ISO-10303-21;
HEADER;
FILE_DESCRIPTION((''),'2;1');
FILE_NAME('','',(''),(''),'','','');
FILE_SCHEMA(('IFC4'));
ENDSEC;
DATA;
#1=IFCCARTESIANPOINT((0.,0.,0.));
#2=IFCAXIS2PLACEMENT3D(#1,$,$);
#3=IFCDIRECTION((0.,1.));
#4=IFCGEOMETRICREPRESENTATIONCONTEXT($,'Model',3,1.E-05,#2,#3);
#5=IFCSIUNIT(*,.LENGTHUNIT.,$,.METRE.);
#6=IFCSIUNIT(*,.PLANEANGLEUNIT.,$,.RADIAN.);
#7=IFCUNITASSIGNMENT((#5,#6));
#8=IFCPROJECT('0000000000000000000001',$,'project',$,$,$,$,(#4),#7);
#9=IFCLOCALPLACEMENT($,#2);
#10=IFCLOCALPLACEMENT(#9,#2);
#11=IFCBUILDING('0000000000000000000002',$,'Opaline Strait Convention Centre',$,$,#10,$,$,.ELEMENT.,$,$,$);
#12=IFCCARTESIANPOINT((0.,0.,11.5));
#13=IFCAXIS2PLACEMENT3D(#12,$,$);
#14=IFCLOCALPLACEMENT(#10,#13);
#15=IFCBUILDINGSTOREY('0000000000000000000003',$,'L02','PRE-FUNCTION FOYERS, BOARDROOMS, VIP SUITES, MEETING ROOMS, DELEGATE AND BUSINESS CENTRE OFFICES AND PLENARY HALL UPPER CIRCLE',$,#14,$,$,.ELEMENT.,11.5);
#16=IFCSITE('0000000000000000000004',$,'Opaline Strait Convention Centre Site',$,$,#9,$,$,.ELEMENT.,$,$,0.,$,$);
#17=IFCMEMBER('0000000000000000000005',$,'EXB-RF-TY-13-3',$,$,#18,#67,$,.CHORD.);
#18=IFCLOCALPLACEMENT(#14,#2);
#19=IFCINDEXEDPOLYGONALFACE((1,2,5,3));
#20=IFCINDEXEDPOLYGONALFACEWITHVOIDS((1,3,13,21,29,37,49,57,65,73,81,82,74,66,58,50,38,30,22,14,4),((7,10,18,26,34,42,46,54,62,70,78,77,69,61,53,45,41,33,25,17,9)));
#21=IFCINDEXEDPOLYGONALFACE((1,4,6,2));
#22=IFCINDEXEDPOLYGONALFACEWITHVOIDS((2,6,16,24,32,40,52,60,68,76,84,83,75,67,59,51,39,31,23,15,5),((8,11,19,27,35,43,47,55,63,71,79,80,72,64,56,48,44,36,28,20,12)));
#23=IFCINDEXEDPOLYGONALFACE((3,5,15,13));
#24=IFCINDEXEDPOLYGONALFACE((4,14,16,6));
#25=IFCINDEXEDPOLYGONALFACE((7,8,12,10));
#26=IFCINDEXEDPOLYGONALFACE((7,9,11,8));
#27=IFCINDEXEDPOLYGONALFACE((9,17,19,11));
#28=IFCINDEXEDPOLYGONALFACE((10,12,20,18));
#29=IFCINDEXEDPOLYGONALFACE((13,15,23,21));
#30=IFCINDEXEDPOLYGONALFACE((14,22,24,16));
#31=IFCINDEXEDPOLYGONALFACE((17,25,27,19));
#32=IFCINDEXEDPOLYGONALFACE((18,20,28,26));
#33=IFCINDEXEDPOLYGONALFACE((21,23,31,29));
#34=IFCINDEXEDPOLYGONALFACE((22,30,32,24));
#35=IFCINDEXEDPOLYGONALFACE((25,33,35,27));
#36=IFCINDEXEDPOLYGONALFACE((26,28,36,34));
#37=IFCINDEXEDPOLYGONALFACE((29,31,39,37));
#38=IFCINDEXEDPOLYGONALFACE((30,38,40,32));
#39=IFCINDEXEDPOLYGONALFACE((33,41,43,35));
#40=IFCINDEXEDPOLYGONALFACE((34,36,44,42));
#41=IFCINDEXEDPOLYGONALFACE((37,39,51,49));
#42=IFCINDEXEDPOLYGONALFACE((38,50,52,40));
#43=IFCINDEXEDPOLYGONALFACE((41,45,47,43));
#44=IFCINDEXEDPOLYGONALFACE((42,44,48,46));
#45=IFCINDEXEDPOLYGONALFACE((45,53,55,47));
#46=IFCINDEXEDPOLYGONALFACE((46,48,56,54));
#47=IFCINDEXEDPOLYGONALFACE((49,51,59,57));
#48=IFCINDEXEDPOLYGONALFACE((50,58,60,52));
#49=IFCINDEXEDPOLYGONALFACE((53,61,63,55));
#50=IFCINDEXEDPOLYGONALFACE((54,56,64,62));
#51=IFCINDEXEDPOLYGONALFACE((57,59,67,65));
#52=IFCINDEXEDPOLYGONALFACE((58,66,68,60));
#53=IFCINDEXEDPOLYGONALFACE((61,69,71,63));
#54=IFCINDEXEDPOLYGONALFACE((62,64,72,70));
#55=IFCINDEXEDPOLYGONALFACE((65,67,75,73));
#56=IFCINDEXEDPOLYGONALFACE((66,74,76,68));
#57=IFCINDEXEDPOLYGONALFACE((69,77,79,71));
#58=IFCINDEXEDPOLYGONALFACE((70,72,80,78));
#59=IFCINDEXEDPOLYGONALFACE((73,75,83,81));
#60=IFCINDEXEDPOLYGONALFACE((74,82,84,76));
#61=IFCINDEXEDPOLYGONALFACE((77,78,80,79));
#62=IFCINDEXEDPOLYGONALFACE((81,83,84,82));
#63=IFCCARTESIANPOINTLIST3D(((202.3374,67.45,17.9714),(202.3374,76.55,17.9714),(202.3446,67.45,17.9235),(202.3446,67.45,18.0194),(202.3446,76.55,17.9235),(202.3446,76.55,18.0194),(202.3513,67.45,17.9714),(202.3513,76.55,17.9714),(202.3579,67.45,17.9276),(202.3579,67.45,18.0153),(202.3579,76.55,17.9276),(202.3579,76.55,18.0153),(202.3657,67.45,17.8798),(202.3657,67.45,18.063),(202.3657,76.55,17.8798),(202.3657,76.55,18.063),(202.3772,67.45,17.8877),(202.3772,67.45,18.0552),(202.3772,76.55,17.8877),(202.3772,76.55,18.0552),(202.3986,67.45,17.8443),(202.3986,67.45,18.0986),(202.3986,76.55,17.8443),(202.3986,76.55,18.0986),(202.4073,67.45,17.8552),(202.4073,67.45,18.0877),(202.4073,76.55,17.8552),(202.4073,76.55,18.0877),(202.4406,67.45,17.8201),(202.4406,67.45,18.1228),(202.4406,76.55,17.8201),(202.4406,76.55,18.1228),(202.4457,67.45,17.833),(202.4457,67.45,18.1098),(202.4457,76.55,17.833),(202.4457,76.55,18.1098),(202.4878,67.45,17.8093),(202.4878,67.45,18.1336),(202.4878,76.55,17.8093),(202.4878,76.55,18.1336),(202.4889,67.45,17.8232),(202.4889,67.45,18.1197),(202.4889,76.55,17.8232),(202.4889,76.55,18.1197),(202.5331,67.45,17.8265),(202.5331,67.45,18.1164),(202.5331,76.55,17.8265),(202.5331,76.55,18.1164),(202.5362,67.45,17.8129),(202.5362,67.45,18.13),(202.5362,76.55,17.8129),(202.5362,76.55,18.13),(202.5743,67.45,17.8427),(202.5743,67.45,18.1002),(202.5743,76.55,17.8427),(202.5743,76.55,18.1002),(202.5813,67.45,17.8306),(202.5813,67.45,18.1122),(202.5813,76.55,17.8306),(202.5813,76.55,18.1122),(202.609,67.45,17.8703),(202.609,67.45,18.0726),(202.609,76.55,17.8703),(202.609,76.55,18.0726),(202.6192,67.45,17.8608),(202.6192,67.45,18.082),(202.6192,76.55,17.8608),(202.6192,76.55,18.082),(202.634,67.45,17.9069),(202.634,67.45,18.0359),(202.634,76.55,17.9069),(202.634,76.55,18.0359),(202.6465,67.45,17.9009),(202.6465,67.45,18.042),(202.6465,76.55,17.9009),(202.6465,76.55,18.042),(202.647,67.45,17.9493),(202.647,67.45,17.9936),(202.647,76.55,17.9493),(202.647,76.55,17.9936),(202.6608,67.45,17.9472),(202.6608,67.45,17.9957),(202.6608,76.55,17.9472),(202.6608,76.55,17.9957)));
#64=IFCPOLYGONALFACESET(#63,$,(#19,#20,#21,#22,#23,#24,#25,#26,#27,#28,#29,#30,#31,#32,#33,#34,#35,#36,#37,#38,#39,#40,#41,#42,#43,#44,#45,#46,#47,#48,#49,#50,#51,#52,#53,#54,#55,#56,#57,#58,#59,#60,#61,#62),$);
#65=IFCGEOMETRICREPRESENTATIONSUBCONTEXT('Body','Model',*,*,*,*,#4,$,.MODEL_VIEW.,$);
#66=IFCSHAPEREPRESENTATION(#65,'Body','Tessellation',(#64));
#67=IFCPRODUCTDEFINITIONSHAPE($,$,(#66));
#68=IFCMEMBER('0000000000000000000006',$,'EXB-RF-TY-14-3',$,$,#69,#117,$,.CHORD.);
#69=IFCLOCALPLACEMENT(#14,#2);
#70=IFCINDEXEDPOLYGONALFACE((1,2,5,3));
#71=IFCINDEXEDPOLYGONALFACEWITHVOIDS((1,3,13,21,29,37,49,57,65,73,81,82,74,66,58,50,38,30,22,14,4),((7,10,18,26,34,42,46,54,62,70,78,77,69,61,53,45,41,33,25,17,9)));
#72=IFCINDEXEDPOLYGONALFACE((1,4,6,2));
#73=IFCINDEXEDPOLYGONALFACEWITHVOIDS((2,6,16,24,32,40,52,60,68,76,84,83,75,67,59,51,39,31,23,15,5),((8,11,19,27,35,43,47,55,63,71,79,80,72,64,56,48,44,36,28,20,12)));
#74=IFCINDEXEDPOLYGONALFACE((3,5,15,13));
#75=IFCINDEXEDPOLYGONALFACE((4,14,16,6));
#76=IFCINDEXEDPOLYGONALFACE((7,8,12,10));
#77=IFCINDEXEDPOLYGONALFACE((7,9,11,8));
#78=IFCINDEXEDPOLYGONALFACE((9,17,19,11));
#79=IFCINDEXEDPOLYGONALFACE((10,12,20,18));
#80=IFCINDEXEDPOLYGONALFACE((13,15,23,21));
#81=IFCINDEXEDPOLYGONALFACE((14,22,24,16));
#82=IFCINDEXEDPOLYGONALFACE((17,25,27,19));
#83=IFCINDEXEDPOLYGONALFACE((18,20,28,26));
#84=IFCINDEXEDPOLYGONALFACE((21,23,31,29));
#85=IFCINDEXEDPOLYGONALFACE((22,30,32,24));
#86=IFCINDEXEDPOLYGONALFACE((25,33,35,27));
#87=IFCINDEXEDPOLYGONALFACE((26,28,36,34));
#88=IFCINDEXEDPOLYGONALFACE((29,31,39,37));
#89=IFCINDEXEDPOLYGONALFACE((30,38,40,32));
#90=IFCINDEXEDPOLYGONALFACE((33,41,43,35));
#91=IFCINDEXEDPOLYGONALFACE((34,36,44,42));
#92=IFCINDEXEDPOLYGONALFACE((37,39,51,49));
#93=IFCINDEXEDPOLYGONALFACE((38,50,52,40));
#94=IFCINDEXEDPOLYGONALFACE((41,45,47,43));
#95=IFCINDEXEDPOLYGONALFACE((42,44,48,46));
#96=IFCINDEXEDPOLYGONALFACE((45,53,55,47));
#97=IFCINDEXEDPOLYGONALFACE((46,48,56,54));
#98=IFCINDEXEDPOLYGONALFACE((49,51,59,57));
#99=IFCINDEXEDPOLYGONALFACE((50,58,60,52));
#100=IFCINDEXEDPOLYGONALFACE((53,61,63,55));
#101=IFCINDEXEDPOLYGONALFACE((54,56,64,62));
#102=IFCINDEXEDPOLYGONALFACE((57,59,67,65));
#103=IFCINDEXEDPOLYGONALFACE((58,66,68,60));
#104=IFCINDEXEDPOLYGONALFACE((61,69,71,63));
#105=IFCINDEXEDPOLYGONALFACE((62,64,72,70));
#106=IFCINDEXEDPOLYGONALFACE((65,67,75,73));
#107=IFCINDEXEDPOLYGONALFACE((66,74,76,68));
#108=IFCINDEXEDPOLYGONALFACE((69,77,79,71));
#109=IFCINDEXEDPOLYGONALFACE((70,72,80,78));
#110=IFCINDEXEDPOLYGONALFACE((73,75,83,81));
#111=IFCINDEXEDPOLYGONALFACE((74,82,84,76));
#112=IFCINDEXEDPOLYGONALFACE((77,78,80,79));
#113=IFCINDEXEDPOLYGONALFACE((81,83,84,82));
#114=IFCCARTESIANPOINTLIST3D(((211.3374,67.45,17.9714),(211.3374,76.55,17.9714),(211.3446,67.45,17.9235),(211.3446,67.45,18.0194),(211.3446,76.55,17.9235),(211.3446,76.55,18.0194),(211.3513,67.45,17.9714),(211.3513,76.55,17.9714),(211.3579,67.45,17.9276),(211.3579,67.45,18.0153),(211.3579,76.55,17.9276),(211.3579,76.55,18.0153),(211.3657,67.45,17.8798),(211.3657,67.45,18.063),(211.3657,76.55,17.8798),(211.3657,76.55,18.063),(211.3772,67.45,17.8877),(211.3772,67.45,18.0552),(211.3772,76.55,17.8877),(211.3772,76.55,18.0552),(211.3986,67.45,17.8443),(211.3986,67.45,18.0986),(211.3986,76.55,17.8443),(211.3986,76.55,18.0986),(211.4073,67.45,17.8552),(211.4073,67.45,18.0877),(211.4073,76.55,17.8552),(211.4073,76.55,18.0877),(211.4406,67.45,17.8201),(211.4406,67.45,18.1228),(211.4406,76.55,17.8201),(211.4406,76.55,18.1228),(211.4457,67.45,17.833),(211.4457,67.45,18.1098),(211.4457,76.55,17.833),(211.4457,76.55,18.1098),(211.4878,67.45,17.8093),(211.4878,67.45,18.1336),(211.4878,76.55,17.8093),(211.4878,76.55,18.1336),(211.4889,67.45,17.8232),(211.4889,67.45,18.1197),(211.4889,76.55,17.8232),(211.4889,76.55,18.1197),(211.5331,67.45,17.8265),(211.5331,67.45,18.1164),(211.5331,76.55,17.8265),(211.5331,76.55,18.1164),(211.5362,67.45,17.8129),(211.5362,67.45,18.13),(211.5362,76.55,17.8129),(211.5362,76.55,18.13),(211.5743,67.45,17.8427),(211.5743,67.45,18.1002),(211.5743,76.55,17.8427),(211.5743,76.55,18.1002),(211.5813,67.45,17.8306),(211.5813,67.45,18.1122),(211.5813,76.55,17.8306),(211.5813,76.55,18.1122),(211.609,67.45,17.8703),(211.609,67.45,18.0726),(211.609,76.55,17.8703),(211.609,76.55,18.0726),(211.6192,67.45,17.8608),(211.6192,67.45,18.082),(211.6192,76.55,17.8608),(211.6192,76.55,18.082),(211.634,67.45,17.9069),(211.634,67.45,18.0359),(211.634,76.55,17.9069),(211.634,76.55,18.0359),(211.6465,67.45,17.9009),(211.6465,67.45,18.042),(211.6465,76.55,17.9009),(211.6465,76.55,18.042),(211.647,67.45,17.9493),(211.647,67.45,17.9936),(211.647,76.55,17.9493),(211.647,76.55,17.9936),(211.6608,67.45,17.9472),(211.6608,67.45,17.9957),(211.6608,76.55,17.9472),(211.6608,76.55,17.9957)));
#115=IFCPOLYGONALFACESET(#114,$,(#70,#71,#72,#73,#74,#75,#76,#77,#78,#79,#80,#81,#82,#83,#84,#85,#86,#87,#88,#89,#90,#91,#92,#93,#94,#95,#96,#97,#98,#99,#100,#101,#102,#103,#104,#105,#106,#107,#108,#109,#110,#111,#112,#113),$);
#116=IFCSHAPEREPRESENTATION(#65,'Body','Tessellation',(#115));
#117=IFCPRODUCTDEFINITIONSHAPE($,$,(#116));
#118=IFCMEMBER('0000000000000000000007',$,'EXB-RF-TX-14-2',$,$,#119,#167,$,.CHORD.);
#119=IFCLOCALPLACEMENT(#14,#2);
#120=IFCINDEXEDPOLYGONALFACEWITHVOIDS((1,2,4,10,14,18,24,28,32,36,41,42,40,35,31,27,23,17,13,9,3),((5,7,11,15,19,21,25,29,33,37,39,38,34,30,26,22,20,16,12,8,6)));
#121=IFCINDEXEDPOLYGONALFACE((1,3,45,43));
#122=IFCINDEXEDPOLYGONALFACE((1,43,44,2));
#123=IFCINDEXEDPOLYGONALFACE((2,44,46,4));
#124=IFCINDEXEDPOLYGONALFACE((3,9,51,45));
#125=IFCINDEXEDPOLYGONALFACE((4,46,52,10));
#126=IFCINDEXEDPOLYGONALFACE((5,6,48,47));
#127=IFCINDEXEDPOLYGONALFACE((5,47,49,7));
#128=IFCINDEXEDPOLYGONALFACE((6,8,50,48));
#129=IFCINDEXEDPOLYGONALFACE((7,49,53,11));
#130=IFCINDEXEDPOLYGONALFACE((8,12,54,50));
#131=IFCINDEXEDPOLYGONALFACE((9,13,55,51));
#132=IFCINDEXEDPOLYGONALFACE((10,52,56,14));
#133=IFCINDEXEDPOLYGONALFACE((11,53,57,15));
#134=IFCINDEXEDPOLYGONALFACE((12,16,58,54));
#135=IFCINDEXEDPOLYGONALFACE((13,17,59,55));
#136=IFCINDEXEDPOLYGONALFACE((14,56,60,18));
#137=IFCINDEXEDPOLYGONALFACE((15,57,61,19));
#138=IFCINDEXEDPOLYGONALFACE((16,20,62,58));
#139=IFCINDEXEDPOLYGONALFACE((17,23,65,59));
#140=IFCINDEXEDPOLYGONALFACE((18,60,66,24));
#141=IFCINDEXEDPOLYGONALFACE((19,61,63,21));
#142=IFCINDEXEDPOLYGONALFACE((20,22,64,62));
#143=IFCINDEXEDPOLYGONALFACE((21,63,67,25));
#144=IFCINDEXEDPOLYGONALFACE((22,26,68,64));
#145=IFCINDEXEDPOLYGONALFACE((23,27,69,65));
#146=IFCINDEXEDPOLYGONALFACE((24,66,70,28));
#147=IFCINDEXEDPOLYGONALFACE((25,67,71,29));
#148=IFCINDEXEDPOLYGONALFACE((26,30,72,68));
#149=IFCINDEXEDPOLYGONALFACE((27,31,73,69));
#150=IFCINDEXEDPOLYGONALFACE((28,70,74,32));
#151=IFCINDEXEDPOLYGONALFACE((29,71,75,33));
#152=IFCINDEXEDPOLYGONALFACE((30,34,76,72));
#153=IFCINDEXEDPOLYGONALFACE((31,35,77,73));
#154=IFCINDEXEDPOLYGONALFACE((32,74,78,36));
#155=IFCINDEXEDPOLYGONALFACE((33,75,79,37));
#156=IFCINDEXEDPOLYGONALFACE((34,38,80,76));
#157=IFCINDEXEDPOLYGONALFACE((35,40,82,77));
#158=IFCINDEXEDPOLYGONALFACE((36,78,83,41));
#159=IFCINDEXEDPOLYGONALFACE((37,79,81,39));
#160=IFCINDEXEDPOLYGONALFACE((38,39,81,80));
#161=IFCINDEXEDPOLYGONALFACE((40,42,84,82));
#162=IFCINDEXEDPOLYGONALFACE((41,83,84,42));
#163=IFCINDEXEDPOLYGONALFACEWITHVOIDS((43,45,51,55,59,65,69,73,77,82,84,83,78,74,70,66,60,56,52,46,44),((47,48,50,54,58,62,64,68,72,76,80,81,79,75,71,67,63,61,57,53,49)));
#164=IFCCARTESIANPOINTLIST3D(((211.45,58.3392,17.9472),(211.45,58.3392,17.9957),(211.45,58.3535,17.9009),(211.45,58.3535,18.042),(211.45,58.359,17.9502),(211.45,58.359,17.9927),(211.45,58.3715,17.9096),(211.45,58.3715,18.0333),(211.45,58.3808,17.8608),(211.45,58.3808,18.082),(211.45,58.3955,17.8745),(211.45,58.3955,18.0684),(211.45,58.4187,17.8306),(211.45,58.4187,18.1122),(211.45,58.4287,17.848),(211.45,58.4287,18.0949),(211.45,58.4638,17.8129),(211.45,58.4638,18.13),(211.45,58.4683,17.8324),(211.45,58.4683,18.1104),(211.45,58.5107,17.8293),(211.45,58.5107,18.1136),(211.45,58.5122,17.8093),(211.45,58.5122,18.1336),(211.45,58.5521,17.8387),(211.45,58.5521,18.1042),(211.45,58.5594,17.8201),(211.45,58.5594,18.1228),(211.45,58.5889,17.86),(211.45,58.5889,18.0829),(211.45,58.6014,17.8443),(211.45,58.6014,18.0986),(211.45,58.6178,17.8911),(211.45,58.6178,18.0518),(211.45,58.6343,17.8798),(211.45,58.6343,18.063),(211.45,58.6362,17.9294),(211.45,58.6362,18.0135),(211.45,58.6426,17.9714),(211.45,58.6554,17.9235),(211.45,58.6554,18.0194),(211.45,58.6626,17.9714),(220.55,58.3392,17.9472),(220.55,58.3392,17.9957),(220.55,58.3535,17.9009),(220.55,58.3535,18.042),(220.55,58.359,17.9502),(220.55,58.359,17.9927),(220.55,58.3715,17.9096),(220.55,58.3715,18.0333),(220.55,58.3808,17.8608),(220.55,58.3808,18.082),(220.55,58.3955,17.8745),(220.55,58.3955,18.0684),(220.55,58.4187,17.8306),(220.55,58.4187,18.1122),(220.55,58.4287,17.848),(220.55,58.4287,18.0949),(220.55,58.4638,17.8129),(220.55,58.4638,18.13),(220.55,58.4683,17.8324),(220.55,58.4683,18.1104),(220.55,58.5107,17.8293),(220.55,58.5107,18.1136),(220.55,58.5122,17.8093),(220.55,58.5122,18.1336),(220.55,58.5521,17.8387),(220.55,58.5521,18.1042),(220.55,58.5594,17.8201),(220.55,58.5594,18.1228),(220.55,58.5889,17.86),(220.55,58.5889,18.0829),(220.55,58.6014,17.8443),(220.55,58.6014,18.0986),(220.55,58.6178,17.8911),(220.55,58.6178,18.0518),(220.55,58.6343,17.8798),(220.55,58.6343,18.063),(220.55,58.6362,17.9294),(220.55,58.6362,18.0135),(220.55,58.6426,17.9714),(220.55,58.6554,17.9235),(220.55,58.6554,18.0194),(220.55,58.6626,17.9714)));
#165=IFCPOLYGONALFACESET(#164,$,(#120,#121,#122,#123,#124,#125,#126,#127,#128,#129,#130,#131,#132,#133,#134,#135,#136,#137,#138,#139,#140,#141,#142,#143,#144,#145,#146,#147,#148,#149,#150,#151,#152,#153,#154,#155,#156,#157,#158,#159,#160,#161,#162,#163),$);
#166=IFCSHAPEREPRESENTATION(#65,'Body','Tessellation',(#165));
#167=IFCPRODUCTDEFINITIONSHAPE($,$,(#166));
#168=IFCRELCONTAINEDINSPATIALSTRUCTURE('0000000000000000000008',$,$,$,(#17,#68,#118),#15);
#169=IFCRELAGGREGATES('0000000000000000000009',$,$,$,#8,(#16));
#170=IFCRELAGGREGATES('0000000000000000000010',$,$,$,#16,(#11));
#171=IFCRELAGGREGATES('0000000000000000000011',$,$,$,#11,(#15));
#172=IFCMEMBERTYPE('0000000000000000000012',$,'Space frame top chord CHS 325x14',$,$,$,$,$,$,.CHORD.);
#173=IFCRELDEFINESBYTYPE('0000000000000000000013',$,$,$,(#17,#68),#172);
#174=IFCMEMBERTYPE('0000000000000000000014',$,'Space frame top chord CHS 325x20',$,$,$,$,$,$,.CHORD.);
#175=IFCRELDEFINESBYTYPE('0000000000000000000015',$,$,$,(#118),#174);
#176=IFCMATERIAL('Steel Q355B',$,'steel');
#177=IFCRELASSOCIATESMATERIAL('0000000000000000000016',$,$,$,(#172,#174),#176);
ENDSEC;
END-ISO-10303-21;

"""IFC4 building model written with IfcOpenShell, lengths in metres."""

from ifc_helpers import new_model, si_unit, direction, frame, origin, origin_2d, place, context, subcontext, project, spatial, hollow_circle, extrude, material, material_profile, profile_set, type_object, element, save


model = new_model("IFC4")

# Units and contexts
model_context = context("Model", 3, precision=1e-05, world=origin(), true_north=direction((0.0, 1.0)))
body_context = subcontext(model_context, "Body", "Model", "MODEL_VIEW")
ifc_project = project(units=[si_unit("LENGTHUNIT", "METRE"), si_unit("PLANEANGLEUNIT", "RADIAN")], contexts=[model_context])

# Site, building, storey
site_placement = place(None, origin())
site = spatial("IfcSite", under=ifc_project, at=site_placement, Name="Opaline Strait Convention Centre Site", CompositionType="ELEMENT", RefElevation=0.0)
building_placement = place(site_placement, origin())
building = spatial("IfcBuilding", under=site, at=building_placement, Name="Opaline Strait Convention Centre", CompositionType="ELEMENT")
storey_placement = place(building_placement, frame((0.0, 0.0, 11.5)))
storey = spatial("IfcBuildingStorey", under=building, at=storey_placement, Name="L02", Description="PRE-FUNCTION FOYERS, BOARDROOMS, VIP SUITES, MEETING ROOMS, DELEGATE AND BUSINESS CENTRE OFFICES AND PLENARY HALL UPPER CIRCLE", CompositionType="ELEMENT", Elevation=11.5)

# Members
ifc_material = material(Name="Steel Q355B", Category="steel")
ifc_material_profile_1 = material_profile(ifc_material, hollow_circle(Radius=0.1626, WallThickness=0.0139, at=origin_2d()), Name="CHS 325x14")
ifc_profile_set_1 = profile_set([ifc_material_profile_1], Name="Steel Q355B")
member_type_1 = type_object("IfcMemberType", Name="Space frame top chord CHS 325x14", PredefinedType="CHORD", material=ifc_profile_set_1)
for number, where, z_axis, x_axis, name in (
    (1, (202.5, 67.45, 17.9714), (0.0, 1.0, 0.0), (-1.0, 0.0, 0.0), "EXB-RF-TY-13-3"),
    (2, (211.5, 67.45, 17.9714), (0.0, 1.0, 0.0), (-1.0, 0.0, 0.0), "EXB-RF-TY-14-3"),
):
    element("IfcMember", number, at=place(storey_placement, frame(where, z_axis=z_axis, x_axis=x_axis)), inside=storey, type_object=member_type_1, Name=name, PredefinedType="CHORD", context=body_context, shape_type="SweptSolid", body=[
        extrude(hollow_circle(Radius=0.1626, WallThickness=0.0139, at=origin_2d()), origin(), (0.0, 0.0, 1.0), 9.1001),
    ])
ifc_material_profile_2 = material_profile(ifc_material, hollow_circle(Radius=0.1626, WallThickness=0.02, at=origin_2d()), Name="CHS 325x20")
ifc_profile_set_2 = profile_set([ifc_material_profile_2], Name="Steel Q355B")
member_type_2 = type_object("IfcMemberType", Name="Space frame top chord CHS 325x20", PredefinedType="CHORD", material=ifc_profile_set_2)
for number, where, z_axis, x_axis, name in (
    (3, (211.45, 58.5, 17.9714), (1.0, 0.0, 0.0), (0.0, 1.0, 0.0), "EXB-RF-TX-14-2"),
):
    element("IfcMember", number, at=place(storey_placement, frame(where, z_axis=z_axis, x_axis=x_axis)), inside=storey, type_object=member_type_2, Name=name, PredefinedType="CHORD", context=body_context, shape_type="SweptSolid", body=[
        extrude(hollow_circle(Radius=0.1626, WallThickness=0.02, at=origin_2d()), origin(), (0.0, 0.0, 1.0), 9.1001),
    ])

save(model, "model.ifc")
